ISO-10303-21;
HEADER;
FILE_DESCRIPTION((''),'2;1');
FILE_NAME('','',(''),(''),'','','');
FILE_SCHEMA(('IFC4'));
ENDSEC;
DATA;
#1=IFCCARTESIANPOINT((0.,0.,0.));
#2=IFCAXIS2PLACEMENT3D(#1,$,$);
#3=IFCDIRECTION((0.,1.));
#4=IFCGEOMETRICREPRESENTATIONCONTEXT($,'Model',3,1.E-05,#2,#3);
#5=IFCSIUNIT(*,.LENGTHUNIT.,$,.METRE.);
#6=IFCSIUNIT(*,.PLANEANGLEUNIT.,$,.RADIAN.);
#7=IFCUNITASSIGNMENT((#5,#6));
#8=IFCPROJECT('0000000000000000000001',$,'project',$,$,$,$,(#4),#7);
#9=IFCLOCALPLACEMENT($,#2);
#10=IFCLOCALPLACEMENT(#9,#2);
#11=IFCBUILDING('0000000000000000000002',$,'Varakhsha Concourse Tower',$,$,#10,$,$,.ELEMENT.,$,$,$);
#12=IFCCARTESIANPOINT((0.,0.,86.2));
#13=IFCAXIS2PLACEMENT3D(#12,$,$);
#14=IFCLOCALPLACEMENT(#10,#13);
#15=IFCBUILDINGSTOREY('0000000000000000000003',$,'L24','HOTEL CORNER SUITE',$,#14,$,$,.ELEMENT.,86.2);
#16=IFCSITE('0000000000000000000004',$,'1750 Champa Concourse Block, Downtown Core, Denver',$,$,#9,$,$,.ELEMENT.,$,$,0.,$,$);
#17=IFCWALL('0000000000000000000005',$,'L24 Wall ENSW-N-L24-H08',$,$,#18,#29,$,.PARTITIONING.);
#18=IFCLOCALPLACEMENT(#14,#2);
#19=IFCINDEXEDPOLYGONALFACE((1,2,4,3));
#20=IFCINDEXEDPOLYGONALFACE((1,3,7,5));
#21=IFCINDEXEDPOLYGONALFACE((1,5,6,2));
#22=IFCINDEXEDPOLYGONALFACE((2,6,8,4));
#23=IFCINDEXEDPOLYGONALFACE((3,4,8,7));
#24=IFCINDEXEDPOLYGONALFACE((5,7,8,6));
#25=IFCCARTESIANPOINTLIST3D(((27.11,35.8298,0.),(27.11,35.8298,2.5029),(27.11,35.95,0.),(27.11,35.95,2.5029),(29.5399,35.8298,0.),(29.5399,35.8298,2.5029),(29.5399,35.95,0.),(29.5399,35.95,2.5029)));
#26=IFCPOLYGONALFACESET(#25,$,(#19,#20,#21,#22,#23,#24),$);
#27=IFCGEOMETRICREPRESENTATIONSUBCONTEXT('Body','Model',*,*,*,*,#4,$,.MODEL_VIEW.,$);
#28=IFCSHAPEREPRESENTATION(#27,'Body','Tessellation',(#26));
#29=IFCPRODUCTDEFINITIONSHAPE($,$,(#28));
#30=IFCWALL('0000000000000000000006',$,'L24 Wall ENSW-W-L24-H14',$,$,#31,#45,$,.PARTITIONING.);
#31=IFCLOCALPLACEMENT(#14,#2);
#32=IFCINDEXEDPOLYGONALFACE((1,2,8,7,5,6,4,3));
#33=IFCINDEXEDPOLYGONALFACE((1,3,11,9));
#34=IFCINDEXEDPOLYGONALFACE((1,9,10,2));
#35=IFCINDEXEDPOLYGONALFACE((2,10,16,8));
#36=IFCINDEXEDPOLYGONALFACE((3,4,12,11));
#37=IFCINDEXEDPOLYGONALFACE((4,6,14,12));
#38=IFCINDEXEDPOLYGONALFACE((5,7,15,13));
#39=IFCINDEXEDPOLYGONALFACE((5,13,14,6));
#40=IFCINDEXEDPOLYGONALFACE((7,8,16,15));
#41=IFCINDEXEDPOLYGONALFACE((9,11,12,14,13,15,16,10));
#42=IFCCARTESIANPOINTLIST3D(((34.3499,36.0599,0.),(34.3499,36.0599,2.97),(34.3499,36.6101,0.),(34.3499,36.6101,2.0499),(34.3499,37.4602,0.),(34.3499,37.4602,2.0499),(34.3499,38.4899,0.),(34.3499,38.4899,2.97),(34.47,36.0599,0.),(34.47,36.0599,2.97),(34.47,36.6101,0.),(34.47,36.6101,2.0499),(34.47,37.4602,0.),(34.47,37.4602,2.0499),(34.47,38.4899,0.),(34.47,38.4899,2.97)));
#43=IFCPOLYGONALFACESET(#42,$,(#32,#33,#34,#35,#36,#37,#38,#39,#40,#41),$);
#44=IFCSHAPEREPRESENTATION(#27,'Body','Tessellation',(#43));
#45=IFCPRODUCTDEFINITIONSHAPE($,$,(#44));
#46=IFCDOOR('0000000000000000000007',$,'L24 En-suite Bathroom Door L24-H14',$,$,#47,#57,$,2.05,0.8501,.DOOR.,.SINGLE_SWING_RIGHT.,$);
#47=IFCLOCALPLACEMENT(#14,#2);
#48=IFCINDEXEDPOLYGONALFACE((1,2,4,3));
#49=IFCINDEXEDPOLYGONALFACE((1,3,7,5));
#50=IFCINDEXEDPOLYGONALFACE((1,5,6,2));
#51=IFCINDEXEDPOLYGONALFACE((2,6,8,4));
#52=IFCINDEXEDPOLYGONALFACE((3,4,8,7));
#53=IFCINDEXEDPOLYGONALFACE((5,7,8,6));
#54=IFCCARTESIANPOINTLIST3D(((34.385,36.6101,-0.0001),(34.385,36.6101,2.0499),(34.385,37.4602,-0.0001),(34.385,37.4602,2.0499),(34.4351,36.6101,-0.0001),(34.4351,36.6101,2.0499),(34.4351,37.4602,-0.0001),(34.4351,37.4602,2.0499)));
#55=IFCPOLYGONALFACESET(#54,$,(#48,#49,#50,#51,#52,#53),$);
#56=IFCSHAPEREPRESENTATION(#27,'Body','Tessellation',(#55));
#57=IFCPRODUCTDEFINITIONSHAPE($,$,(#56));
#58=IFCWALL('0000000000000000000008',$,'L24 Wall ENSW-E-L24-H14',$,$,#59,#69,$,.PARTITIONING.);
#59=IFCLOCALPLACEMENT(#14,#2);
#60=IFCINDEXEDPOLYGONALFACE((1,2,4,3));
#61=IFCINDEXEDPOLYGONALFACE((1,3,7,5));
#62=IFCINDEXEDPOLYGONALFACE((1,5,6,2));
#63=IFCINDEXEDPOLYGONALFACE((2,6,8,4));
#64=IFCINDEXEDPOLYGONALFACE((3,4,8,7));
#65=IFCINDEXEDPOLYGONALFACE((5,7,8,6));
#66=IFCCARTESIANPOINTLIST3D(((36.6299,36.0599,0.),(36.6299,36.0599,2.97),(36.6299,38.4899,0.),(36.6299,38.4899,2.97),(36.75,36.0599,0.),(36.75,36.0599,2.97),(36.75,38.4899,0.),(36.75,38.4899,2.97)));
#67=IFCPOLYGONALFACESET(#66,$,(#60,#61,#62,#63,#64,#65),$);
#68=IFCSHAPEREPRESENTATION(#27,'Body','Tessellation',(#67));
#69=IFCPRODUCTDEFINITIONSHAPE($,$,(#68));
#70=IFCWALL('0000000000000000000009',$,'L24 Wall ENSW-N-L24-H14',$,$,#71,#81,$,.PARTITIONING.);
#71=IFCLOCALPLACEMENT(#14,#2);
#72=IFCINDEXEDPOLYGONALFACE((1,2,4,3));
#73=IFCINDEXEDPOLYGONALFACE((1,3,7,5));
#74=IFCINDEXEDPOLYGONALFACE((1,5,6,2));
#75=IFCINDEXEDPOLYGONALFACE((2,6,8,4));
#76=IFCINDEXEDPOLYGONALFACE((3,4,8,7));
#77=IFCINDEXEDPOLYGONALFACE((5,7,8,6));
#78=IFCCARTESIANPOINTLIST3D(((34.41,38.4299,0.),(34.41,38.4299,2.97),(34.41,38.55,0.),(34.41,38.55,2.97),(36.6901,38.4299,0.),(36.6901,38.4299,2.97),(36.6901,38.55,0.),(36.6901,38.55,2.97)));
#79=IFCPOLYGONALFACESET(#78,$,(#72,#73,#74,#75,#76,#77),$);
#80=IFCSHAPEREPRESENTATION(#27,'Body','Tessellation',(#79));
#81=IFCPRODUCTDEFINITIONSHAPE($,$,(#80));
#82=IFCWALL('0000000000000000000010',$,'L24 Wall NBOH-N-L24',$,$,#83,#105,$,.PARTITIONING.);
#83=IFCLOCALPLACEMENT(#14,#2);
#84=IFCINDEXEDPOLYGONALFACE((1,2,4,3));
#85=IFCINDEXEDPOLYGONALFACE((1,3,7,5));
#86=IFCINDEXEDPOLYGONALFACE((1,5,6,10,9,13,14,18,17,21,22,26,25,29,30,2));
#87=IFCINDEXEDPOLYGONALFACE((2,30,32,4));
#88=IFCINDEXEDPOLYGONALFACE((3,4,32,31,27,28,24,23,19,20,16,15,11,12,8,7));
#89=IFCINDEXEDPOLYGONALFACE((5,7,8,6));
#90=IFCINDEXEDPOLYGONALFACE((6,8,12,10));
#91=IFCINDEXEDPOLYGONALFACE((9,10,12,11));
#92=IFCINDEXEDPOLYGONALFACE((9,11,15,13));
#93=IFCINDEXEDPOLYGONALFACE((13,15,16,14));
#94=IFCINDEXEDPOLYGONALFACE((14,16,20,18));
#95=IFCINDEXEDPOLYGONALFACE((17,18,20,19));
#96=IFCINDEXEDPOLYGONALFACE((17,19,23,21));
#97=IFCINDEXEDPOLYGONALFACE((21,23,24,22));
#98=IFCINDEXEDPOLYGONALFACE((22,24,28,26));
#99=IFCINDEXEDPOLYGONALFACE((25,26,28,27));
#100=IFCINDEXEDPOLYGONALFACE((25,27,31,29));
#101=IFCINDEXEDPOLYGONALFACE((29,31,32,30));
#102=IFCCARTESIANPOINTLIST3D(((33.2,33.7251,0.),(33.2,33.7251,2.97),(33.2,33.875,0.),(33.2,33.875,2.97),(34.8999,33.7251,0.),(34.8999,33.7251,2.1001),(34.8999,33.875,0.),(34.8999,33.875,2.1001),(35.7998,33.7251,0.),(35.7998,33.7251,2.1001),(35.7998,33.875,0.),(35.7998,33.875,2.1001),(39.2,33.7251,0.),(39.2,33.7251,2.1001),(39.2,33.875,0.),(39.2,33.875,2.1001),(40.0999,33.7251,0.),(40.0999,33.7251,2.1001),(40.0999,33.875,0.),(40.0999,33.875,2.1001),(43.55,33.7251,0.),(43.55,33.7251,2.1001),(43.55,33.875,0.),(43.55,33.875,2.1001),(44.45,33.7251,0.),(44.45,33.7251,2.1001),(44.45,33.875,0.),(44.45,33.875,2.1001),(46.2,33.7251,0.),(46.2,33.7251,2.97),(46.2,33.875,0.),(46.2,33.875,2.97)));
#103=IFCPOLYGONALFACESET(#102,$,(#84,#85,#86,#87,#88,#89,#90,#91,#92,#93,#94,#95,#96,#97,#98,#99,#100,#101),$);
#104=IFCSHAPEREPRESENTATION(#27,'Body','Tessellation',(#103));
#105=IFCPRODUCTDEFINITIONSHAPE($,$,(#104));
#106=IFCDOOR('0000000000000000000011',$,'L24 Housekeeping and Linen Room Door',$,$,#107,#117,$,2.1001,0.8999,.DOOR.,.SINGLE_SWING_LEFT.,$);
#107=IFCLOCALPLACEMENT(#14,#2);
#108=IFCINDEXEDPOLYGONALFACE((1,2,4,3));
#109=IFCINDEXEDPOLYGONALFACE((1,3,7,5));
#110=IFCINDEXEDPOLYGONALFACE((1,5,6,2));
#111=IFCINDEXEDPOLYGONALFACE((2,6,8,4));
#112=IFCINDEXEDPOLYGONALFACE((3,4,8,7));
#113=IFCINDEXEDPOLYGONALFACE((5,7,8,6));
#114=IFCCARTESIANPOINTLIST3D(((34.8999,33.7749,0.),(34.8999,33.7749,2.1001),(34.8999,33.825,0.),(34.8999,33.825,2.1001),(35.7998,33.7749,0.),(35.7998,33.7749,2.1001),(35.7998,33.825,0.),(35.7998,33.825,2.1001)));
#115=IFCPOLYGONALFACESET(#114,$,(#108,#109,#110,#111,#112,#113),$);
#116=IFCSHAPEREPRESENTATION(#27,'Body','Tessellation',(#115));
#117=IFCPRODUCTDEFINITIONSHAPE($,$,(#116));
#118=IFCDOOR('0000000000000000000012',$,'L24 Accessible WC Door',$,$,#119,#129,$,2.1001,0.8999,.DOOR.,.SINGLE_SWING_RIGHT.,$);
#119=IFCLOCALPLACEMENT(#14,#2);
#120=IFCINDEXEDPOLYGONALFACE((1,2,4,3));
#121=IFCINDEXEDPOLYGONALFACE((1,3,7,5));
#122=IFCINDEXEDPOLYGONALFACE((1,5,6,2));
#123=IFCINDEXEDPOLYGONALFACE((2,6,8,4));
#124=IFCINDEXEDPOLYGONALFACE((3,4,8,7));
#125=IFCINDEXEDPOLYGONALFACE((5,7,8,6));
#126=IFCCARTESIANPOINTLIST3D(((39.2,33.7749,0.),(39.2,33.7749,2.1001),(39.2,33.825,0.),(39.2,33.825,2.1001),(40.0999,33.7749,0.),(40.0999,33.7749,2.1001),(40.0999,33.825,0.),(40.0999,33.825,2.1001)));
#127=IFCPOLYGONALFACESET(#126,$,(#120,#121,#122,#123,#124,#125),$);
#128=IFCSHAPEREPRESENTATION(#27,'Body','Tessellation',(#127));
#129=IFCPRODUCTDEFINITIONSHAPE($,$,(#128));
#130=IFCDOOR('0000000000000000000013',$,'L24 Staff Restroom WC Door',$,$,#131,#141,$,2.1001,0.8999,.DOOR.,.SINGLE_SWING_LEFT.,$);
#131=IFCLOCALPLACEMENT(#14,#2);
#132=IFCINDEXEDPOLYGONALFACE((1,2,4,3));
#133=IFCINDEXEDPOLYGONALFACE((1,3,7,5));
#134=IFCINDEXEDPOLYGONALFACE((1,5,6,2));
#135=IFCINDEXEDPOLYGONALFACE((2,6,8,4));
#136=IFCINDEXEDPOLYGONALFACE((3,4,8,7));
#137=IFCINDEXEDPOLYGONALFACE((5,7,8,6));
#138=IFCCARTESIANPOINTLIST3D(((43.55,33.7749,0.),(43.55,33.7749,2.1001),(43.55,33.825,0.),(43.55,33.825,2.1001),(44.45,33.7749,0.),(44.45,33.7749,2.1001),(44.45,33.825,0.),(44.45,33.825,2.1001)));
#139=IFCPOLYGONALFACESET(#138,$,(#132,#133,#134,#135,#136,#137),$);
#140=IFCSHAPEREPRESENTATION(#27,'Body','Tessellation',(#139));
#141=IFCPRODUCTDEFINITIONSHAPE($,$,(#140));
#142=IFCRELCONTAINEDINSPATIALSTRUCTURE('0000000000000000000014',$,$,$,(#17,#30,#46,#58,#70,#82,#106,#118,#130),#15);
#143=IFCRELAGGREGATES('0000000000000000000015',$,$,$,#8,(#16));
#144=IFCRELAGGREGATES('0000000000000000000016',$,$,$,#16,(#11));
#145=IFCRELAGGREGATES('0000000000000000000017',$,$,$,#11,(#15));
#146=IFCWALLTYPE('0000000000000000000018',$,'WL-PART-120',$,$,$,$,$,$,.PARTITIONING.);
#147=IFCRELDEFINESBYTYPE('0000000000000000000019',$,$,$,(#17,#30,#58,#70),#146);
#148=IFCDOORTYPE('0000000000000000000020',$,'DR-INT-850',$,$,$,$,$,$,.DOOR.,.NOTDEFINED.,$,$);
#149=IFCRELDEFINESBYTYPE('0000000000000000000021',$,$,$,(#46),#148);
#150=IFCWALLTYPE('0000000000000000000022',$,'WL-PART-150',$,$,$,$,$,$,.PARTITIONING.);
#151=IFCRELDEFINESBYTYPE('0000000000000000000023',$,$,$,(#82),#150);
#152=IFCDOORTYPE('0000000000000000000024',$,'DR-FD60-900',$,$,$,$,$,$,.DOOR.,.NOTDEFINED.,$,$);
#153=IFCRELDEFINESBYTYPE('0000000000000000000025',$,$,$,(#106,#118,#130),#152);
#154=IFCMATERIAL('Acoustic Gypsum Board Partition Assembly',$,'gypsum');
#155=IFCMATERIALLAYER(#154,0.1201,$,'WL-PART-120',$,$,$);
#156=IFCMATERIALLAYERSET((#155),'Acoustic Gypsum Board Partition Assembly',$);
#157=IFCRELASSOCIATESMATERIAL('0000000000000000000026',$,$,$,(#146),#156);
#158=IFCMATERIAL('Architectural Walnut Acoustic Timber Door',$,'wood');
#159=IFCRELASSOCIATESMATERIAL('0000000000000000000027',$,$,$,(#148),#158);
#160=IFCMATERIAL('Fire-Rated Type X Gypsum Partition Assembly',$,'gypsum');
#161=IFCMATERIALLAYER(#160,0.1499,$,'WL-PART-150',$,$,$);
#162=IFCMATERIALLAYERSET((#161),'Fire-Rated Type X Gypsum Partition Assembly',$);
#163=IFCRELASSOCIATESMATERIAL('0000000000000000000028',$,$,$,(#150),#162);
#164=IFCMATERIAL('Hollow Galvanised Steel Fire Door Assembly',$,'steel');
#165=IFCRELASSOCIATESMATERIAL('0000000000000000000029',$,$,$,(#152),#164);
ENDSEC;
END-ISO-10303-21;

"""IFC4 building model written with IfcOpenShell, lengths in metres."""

from ifc_helpers import new_model, si_unit, direction, frame, frame_2d, origin, place, context, subcontext, project, spatial, rectangle, extrude, material, layer, layer_set, type_object, element, fill, save


model = new_model("IFC4")

# Units and contexts
model_context = context("Model", 3, precision=1e-05, world=origin(), true_north=direction((0.0, 1.0)))
body_context = subcontext(model_context, "Body", "Model", "MODEL_VIEW")
ifc_project = project(units=[si_unit("LENGTHUNIT", "METRE"), si_unit("PLANEANGLEUNIT", "RADIAN")], contexts=[model_context])

# Site, building, storey
site_placement = place(None, origin())
site = spatial("IfcSite", under=ifc_project, at=site_placement, Name="1750 Champa Concourse Block, Downtown Core, Denver", CompositionType="ELEMENT", RefElevation=0.0)
building_placement = place(site_placement, origin())
building = spatial("IfcBuilding", under=site, at=building_placement, Name="Varakhsha Concourse Tower", CompositionType="ELEMENT")
storey_placement = place(building_placement, frame((0.0, 0.0, 86.2)))
storey = spatial("IfcBuildingStorey", under=building, at=storey_placement, Name="L24", Description="HOTEL CORNER SUITE", CompositionType="ELEMENT", Elevation=86.2)

# Wall
ifc_material_1 = material(Name="Acoustic Gypsum Board Partition Assembly", Category="gypsum")
ifc_layer_1 = layer(ifc_material_1, 0.1201, Name="WL-PART-120")
ifc_layer_set_1 = layer_set([ifc_layer_1], Name="Acoustic Gypsum Board Partition Assembly")
wall_type_1 = type_object("IfcWallType", Name="WL-PART-120", PredefinedType="PARTITIONING", material=ifc_layer_set_1)
wall_1_placement = place(storey_placement, frame((27.1101, 35.8899, 0.0), z_axis=(0.0, 0.0, 1.0), x_axis=(1.0, 0.0, 0.0)))
element("IfcWall", 1, at=wall_1_placement, inside=storey, type_object=wall_type_1, Name="L24 Wall ENSW-N-L24-H08", PredefinedType="PARTITIONING", context=body_context, shape_type="SweptSolid", body=[
    extrude(rectangle(XDim=2.4299, YDim=0.1201, at=frame_2d((1.2148, 0.0))), origin(), (0.0, 0.0, 1.0), 2.5029),
])

# Wall, opening, door
wall_2_placement = place(storey_placement, frame((34.4099, 36.0601, 0.0), z_axis=(0.0, 0.0, 1.0), x_axis=(0.0, 1.0, 0.0)))
wall_2 = element("IfcWall", 2, at=wall_2_placement, inside=storey, type_object=wall_type_1, Name="L24 Wall ENSW-W-L24-H14", PredefinedType="PARTITIONING", context=body_context, shape_type="SweptSolid", body=[
    extrude(rectangle(XDim=2.4299, YDim=0.1201, at=frame_2d((1.2148, 0.0))), origin(), (0.0, 0.0, 1.0), 2.97),
])
opening_1_placement = place(wall_2_placement, frame((0.55, 0.0, 0.0)))
opening_1 = element("IfcOpeningElement", 3, at=opening_1_placement, cuts=wall_2, PredefinedType="OPENING", context=body_context, shape_type="SweptSolid", body=[
    extrude(rectangle(XDim=0.8501, YDim=2.05, at=frame_2d((0.425, 1.0249))), frame((0.0, 0.0701, 0.0), z_axis=(0.0, -1.0, 0.0), x_axis=(1.0, 0.0, 0.0)), (0.0, 0.0, 1.0), 0.1401),
])
ifc_material_2 = material(Name="Architectural Walnut Acoustic Timber Door", Category="wood")
door_type_1 = type_object("IfcDoorType", Name="DR-INT-850", OperationType="NOTDEFINED", PredefinedType="DOOR", material=ifc_material_2)
door_1_placement = place(opening_1_placement, origin())
door_1 = element("IfcDoor", 4, at=door_1_placement, inside=storey, type_object=door_type_1, Name="L24 En-suite Bathroom Door L24-H14", OperationType="SINGLE_SWING_RIGHT", OverallHeight=2.05, OverallWidth=0.8501, PredefinedType="DOOR", context=body_context, shape_type="SweptSolid", body=[
    extrude(rectangle(XDim=0.8501, YDim=2.05, at=frame_2d((0.425, 1.0249))), frame((0.0, 0.0249, 0.0), z_axis=(0.0, -1.0, 0.0), x_axis=(1.0, 0.0, 0.0)), (0.0, 0.0, 1.0), 0.05),
])
fill(opening_1, door_1)

# Walls
wall_3_placement = place(storey_placement, frame((36.6899, 36.0601, 0.0), z_axis=(0.0, 0.0, 1.0), x_axis=(0.0, 1.0, 0.0)))
element("IfcWall", 5, at=wall_3_placement, inside=storey, type_object=wall_type_1, Name="L24 Wall ENSW-E-L24-H14", PredefinedType="PARTITIONING", context=body_context, shape_type="SweptSolid", body=[
    extrude(rectangle(XDim=2.4299, YDim=0.1201, at=frame_2d((1.2148, 0.0))), origin(), (0.0, 0.0, 1.0), 2.97),
])
wall_4_placement = place(storey_placement, frame((34.4099, 38.49, 0.0), z_axis=(0.0, 0.0, 1.0), x_axis=(1.0, 0.0, 0.0)))
element("IfcWall", 6, at=wall_4_placement, inside=storey, type_object=wall_type_1, Name="L24 Wall ENSW-N-L24-H14", PredefinedType="PARTITIONING", context=body_context, shape_type="SweptSolid", body=[
    extrude(rectangle(XDim=2.28, YDim=0.1201, at=frame_2d((1.1401, 0.0))), origin(), (0.0, 0.0, 1.0), 2.97),
])

# Wall, openings, doors
ifc_material_3 = material(Name="Fire-Rated Type X Gypsum Partition Assembly", Category="gypsum")
ifc_layer_2 = layer(ifc_material_3, 0.1499, Name="WL-PART-150")
ifc_layer_set_2 = layer_set([ifc_layer_2], Name="Fire-Rated Type X Gypsum Partition Assembly")
wall_type_2 = type_object("IfcWallType", Name="WL-PART-150", PredefinedType="PARTITIONING", material=ifc_layer_set_2)
wall_5_placement = place(storey_placement, frame((33.2, 33.8, 0.0), z_axis=(0.0, 0.0, 1.0), x_axis=(1.0, 0.0, 0.0)))
wall_5 = element("IfcWall", 7, at=wall_5_placement, inside=storey, type_object=wall_type_2, Name="L24 Wall NBOH-N-L24", PredefinedType="PARTITIONING", context=body_context, shape_type="SweptSolid", body=[
    extrude(rectangle(XDim=13.0, YDim=0.1499, at=frame_2d((6.5, 0.0))), origin(), (0.0, 0.0, 1.0), 2.97),
])
opening_2_placement = place(wall_5_placement, frame((1.7, 0.0, 0.0)))
opening_2 = element("IfcOpeningElement", 8, at=opening_2_placement, cuts=wall_5, PredefinedType="OPENING", context=body_context, shape_type="SweptSolid", body=[
    extrude(rectangle(XDim=0.8999, YDim=2.1001, at=frame_2d((0.45, 1.05))), frame((0.0, 0.085, 0.0), z_axis=(0.0, -1.0, 0.0), x_axis=(1.0, 0.0, 0.0)), (0.0, 0.0, 1.0), 0.1699),
])
opening_3_placement = place(wall_5_placement, frame((6.0, 0.0, 0.0)))
opening_3 = element("IfcOpeningElement", 9, at=opening_3_placement, cuts=wall_5, PredefinedType="OPENING", context=body_context, shape_type="SweptSolid", body=[
    extrude(rectangle(XDim=0.8999, YDim=2.1001, at=frame_2d((0.45, 1.05))), frame((0.0, 0.085, 0.0), z_axis=(0.0, -1.0, 0.0), x_axis=(1.0, 0.0, 0.0)), (0.0, 0.0, 1.0), 0.1699),
])
opening_4_placement = place(wall_5_placement, frame((10.3501, 0.0, 0.0)))
opening_4 = element("IfcOpeningElement", 10, at=opening_4_placement, cuts=wall_5, PredefinedType="OPENING", context=body_context, shape_type="SweptSolid", body=[
    extrude(rectangle(XDim=0.8999, YDim=2.1001, at=frame_2d((0.45, 1.05))), frame((0.0, 0.085, 0.0), z_axis=(0.0, -1.0, 0.0), x_axis=(1.0, 0.0, 0.0)), (0.0, 0.0, 1.0), 0.1699),
])
ifc_material_4 = material(Name="Hollow Galvanised Steel Fire Door Assembly", Category="steel")
door_type_2 = type_object("IfcDoorType", Name="DR-FD60-900", OperationType="NOTDEFINED", PredefinedType="DOOR", material=ifc_material_4)
door_2_placement = place(opening_2_placement, origin())
door_2 = element("IfcDoor", 11, at=door_2_placement, inside=storey, type_object=door_type_2, Name="L24 Housekeeping and Linen Room Door", OperationType="SINGLE_SWING_LEFT", OverallHeight=2.1001, OverallWidth=0.8999, PredefinedType="DOOR", context=body_context, shape_type="SweptSolid", body=[
    extrude(rectangle(XDim=0.8999, YDim=2.1001, at=frame_2d((0.45, 1.05))), frame((0.0, 0.0249, 0.0), z_axis=(0.0, -1.0, 0.0), x_axis=(1.0, 0.0, 0.0)), (0.0, 0.0, 1.0), 0.05),
])
fill(opening_2, door_2)
door_3_placement = place(opening_3_placement, origin())
door_3 = element("IfcDoor", 12, at=door_3_placement, inside=storey, type_object=door_type_2, Name="L24 Accessible WC Door", OperationType="SINGLE_SWING_RIGHT", OverallHeight=2.1001, OverallWidth=0.8999, PredefinedType="DOOR", context=body_context, shape_type="SweptSolid", body=[
    extrude(rectangle(XDim=0.8999, YDim=2.1001, at=frame_2d((0.45, 1.05))), frame((0.0, 0.0249, 0.0), z_axis=(0.0, -1.0, 0.0), x_axis=(1.0, 0.0, 0.0)), (0.0, 0.0, 1.0), 0.05),
])
fill(opening_3, door_3)
door_4_placement = place(opening_4_placement, origin())
door_4 = element("IfcDoor", 13, at=door_4_placement, inside=storey, type_object=door_type_2, Name="L24 Staff Restroom WC Door", OperationType="SINGLE_SWING_LEFT", OverallHeight=2.1001, OverallWidth=0.8999, PredefinedType="DOOR", context=body_context, shape_type="SweptSolid", body=[
    extrude(rectangle(XDim=0.8999, YDim=2.1001, at=frame_2d((0.45, 1.05))), frame((0.0, 0.0249, 0.0), z_axis=(0.0, -1.0, 0.0), x_axis=(1.0, 0.0, 0.0)), (0.0, 0.0, 1.0), 0.05),
])
fill(opening_4, door_4)

save(model, "model.ifc")
